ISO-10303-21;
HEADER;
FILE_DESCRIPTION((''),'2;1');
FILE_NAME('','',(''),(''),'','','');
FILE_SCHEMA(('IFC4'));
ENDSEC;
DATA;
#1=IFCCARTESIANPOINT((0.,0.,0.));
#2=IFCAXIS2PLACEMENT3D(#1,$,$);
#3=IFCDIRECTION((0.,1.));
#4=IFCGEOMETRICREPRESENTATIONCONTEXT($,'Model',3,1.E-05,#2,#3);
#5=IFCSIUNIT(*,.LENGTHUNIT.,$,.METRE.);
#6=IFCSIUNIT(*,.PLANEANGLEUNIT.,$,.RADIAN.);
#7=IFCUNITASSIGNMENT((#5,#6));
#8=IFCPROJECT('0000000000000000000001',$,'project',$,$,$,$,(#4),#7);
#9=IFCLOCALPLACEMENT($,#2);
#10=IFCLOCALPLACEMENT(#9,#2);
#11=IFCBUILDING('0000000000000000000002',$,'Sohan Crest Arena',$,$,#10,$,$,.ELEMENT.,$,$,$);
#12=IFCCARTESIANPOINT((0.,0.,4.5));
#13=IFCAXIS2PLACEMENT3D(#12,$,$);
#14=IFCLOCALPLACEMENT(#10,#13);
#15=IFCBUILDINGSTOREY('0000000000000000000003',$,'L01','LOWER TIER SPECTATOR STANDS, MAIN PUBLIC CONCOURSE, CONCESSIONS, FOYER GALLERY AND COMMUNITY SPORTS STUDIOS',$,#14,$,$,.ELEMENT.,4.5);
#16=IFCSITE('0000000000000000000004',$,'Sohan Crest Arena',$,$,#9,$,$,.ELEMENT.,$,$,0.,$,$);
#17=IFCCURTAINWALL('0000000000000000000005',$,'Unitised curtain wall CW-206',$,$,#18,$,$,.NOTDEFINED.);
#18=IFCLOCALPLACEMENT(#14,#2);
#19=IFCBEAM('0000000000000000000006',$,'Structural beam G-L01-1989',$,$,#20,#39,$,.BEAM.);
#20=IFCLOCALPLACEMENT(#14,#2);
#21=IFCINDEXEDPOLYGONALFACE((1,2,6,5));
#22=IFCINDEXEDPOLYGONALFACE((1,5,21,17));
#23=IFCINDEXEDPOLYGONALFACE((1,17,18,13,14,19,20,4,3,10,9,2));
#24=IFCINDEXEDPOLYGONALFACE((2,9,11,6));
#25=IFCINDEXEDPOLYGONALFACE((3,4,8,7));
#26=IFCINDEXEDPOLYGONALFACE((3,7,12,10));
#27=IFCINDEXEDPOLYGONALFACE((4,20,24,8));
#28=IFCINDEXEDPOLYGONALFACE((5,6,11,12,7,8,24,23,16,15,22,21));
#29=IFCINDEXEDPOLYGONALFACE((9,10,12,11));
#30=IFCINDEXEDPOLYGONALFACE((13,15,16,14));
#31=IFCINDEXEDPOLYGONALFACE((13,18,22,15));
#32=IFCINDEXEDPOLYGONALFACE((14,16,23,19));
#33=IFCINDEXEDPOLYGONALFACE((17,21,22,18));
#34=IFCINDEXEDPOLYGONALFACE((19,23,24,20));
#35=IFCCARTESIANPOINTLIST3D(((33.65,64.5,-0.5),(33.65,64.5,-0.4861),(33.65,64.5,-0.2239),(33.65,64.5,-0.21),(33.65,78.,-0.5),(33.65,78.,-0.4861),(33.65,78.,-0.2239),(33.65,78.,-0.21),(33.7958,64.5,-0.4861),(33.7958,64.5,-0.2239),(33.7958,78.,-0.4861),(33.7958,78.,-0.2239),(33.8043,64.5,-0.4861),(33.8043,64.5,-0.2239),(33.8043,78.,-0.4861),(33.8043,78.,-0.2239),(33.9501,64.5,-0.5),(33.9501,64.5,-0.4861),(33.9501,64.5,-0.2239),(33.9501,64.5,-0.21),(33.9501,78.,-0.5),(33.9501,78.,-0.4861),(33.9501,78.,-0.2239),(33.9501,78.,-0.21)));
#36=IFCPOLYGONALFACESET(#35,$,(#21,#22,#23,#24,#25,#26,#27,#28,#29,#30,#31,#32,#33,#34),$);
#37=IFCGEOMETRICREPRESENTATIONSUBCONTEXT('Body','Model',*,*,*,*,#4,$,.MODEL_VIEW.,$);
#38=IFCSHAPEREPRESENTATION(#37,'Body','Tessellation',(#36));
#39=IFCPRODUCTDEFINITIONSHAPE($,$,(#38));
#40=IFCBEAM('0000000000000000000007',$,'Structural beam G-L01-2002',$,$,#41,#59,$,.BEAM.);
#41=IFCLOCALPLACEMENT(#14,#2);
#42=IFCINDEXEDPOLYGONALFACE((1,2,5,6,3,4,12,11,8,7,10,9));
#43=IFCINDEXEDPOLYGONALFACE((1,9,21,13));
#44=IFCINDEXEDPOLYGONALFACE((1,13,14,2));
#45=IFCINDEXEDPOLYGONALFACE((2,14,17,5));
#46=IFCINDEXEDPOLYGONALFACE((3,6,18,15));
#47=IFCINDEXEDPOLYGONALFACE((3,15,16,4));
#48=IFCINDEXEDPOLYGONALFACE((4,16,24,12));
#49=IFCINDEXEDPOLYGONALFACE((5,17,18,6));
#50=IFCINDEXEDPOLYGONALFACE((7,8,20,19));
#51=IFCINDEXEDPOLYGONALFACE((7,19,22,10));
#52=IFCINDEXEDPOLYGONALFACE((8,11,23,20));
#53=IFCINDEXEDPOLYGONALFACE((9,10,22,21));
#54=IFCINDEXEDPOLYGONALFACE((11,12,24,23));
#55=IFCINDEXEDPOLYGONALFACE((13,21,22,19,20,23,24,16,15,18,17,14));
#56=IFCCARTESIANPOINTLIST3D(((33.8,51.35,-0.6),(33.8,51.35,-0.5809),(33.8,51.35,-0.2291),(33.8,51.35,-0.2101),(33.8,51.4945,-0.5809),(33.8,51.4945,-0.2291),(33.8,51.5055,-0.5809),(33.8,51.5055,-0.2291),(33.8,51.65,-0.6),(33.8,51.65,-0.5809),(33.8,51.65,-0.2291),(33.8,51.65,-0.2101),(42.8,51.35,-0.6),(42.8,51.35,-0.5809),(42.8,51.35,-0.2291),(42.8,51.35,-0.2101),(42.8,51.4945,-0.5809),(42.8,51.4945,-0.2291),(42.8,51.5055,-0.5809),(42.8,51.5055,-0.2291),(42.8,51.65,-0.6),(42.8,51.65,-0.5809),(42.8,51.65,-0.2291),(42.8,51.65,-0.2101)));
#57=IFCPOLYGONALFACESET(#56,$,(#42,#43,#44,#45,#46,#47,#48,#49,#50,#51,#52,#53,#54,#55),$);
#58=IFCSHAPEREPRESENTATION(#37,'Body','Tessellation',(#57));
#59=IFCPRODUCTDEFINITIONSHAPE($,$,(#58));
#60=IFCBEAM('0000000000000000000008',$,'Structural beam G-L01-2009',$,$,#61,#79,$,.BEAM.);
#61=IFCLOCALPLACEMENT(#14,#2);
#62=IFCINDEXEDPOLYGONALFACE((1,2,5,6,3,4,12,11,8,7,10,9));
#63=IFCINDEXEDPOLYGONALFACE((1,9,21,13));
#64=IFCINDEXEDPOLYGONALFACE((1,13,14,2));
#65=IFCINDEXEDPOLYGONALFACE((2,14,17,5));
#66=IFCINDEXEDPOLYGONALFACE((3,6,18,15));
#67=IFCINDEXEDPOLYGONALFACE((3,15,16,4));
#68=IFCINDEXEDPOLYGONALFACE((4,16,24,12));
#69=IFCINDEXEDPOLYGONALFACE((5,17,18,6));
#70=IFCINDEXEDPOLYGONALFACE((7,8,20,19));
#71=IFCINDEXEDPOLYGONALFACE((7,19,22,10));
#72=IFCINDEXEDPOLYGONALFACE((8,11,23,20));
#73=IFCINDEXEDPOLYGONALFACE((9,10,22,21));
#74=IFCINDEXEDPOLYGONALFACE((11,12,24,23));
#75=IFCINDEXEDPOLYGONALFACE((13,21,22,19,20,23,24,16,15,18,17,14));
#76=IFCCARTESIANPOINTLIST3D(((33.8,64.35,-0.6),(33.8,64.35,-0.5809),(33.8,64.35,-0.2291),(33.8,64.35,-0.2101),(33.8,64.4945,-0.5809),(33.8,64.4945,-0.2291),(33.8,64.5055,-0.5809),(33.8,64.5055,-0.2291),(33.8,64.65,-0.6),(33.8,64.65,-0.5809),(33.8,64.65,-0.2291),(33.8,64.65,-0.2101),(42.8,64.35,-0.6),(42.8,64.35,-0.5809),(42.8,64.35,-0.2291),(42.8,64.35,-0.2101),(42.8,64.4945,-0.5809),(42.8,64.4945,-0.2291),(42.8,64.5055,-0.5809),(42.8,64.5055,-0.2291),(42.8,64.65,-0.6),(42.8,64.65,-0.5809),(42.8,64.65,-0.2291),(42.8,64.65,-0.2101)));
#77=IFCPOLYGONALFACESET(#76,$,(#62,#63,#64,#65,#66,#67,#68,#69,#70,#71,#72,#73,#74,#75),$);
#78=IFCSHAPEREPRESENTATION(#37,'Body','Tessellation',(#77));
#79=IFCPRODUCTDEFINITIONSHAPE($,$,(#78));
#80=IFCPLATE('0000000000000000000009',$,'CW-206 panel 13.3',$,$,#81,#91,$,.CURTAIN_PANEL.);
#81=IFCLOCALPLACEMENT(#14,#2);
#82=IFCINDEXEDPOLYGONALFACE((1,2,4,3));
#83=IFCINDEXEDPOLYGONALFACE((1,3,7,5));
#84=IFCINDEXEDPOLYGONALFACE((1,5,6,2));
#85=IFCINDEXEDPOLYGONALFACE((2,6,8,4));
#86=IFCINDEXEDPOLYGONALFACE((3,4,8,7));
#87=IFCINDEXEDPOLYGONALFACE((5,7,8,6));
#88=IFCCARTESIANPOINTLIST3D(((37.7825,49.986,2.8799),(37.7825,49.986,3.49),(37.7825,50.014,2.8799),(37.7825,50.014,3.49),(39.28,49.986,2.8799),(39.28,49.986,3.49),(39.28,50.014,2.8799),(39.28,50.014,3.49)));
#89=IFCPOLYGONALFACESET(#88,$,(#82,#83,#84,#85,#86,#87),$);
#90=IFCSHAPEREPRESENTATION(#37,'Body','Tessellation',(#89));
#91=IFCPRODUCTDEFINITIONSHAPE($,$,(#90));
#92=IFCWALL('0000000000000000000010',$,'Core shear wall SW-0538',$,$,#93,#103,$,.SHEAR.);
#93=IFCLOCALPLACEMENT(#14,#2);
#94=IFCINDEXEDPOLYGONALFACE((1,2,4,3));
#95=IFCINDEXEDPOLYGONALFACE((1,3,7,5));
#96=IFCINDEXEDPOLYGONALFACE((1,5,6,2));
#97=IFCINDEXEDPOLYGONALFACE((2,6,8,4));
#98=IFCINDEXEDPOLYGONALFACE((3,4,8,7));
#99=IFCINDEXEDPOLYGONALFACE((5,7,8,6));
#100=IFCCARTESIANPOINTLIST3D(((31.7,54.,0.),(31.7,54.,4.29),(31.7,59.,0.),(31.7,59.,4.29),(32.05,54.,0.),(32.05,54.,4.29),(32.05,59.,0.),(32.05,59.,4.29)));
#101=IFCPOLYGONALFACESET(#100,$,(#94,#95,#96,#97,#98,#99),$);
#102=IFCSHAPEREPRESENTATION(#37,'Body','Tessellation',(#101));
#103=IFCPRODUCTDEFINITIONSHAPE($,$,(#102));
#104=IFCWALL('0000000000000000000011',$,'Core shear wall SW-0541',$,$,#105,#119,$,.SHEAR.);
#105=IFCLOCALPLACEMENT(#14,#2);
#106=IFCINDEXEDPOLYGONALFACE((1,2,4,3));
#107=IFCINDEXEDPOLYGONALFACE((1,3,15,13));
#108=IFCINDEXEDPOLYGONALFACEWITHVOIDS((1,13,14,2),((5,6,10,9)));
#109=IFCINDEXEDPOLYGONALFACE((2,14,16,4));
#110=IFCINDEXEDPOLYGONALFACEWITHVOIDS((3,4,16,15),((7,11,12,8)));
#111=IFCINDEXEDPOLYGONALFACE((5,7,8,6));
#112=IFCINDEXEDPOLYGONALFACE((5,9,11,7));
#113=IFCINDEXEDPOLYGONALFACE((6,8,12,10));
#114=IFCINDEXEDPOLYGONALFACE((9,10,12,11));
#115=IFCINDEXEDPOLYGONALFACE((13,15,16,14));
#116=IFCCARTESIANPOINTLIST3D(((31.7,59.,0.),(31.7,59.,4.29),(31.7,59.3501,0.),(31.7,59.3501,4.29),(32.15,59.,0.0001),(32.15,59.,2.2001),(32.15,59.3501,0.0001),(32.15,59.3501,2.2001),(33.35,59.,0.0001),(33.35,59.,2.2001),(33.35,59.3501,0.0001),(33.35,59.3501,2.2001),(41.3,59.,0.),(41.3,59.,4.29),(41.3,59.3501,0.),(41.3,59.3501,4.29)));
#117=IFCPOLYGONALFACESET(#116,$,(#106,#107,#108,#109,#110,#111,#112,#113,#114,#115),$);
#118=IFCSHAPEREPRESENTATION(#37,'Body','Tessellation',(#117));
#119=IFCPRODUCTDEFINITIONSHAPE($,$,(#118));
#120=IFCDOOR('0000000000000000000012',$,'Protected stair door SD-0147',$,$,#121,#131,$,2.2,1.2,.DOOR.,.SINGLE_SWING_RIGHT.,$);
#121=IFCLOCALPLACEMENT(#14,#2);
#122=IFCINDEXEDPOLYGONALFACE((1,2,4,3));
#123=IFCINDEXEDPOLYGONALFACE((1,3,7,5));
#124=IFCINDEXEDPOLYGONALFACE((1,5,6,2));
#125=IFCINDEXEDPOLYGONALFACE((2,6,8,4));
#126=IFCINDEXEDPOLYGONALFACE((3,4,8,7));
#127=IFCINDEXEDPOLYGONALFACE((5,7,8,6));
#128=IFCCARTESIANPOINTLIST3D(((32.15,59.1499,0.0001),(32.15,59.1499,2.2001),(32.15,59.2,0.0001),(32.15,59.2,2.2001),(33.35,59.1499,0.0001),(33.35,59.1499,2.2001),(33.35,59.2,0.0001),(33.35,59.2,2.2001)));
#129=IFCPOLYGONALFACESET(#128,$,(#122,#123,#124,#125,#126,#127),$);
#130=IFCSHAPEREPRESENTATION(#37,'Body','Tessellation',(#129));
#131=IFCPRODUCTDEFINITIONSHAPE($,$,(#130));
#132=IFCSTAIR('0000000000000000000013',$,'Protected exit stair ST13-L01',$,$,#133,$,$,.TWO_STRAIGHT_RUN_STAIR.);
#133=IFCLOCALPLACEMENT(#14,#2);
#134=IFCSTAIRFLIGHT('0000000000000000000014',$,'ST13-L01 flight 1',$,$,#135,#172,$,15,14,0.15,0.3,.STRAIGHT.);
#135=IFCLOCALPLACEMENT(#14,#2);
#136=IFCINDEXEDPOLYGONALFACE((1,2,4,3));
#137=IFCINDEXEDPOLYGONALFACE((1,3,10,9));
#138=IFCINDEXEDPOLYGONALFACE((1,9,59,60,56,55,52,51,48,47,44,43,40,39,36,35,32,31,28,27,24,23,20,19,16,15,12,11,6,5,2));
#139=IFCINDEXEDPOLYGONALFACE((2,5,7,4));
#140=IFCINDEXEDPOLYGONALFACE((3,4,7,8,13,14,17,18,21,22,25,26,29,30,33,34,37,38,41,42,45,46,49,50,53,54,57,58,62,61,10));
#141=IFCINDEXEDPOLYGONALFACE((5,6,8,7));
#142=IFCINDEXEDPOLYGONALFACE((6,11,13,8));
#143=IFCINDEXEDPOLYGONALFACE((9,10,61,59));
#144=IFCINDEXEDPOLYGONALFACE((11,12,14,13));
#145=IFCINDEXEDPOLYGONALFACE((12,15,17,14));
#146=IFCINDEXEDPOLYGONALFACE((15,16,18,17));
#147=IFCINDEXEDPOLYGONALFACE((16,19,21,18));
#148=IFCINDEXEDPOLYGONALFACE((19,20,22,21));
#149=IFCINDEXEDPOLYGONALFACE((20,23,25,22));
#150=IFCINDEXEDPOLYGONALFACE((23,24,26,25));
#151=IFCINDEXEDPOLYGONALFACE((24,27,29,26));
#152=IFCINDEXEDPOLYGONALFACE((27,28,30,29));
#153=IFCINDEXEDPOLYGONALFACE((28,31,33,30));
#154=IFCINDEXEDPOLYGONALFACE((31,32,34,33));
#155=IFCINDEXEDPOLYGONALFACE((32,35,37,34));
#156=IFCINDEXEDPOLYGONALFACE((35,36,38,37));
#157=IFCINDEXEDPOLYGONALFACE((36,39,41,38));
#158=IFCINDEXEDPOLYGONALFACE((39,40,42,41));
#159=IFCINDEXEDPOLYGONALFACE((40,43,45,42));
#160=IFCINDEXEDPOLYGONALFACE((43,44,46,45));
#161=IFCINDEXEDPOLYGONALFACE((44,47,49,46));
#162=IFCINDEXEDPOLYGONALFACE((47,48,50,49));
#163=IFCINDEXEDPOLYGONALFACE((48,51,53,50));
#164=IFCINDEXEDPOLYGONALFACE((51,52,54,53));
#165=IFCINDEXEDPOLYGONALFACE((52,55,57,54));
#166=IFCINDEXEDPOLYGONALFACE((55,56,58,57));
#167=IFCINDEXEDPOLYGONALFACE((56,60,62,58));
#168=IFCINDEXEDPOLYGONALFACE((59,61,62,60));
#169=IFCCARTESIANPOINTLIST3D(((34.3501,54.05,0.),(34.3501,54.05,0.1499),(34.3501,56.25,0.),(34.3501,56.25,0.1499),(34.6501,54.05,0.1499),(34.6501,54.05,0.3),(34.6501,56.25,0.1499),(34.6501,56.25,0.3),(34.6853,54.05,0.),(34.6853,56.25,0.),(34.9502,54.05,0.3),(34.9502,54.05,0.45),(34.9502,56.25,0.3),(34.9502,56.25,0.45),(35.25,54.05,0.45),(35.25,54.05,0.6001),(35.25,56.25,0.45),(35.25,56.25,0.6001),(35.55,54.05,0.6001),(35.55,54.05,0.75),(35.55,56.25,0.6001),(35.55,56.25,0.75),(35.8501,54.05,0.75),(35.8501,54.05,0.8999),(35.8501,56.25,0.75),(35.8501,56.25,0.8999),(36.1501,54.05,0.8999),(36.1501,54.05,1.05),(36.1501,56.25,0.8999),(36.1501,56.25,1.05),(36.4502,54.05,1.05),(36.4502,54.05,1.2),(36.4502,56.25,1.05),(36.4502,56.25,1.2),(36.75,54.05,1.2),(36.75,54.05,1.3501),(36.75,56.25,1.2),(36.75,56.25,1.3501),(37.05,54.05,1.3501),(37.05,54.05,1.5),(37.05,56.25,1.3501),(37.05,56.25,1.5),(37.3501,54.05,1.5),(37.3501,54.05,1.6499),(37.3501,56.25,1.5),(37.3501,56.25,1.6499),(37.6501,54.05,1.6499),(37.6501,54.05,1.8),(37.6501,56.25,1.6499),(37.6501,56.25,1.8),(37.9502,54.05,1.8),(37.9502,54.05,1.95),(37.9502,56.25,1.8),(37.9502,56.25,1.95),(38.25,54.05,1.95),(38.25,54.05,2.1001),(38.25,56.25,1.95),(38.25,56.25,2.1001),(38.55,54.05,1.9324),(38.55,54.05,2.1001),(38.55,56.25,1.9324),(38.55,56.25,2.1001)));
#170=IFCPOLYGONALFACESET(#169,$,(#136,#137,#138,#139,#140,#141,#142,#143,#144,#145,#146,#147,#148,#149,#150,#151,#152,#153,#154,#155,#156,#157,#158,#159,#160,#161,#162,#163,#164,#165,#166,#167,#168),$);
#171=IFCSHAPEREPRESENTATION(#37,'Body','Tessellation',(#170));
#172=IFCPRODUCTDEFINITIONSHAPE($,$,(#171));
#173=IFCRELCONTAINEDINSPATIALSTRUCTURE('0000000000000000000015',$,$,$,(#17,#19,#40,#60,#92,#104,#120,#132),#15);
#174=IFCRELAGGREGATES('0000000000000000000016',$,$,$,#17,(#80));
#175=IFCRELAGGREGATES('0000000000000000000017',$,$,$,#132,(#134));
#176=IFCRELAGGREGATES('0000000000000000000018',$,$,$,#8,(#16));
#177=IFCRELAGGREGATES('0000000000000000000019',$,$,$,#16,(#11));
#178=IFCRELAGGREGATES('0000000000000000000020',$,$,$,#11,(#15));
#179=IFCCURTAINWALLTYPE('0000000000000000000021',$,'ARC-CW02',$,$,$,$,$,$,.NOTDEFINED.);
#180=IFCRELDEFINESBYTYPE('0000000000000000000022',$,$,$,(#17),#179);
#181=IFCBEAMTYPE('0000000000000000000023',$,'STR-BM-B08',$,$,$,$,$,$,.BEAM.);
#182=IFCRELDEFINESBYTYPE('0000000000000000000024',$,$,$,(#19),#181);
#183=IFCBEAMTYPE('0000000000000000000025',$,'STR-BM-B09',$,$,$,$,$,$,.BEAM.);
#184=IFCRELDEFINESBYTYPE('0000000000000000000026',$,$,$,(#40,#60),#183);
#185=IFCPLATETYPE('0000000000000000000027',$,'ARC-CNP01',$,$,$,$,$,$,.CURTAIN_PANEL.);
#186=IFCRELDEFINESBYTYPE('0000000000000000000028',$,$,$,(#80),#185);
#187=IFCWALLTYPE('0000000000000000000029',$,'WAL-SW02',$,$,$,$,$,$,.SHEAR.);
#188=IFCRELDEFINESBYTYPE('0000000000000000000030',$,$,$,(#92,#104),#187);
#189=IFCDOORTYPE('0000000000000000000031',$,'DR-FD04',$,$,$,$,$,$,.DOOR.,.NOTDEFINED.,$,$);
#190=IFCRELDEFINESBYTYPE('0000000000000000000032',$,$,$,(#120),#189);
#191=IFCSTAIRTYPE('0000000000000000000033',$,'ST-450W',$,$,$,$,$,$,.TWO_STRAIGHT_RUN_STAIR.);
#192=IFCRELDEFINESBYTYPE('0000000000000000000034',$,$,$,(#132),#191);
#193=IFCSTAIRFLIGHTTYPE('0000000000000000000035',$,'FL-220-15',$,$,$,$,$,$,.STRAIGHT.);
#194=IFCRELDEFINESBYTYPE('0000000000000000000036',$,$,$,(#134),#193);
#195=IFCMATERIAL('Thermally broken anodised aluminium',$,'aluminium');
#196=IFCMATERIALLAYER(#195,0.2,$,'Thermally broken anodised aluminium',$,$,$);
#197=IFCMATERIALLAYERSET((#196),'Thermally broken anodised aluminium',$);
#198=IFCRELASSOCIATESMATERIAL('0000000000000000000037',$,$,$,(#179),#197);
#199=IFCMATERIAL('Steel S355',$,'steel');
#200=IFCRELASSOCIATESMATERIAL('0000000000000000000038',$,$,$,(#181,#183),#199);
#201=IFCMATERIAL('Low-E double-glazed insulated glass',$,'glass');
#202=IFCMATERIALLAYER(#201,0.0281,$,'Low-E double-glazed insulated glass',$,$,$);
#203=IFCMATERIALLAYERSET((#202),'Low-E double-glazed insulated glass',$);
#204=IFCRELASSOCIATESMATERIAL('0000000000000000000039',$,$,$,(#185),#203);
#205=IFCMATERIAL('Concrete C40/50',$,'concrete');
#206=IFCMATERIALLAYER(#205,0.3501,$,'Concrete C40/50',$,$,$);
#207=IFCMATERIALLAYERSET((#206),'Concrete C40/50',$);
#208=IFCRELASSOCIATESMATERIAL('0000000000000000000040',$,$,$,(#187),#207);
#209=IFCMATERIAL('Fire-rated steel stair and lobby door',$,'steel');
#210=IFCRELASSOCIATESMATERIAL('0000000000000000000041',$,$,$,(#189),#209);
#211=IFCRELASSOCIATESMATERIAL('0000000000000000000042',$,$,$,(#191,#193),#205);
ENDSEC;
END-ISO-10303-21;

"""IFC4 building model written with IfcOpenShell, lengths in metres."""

from ifc_helpers import new_model, si_unit, direction, frame, frame_2d, origin, origin_2d, place, context, subcontext, project, spatial, polyline, rectangle, i_section, outline, extrude, material, layer, layer_set, material_profile, profile_set, type_object, element, fill, aggregate, save


model = new_model("IFC4")

# Units and contexts
model_context = context("Model", 3, precision=1e-05, world=origin(), true_north=direction((0.0, 1.0)))
body_context = subcontext(model_context, "Body", "Model", "MODEL_VIEW")
ifc_project = project(units=[si_unit("LENGTHUNIT", "METRE"), si_unit("PLANEANGLEUNIT", "RADIAN")], contexts=[model_context])

# Site, building, storey
site_placement = place(None, origin())
site = spatial("IfcSite", under=ifc_project, at=site_placement, Name="Sohan Crest Arena", CompositionType="ELEMENT", RefElevation=0.0)
building_placement = place(site_placement, origin())
building = spatial("IfcBuilding", under=site, at=building_placement, Name="Sohan Crest Arena", CompositionType="ELEMENT")
storey_placement = place(building_placement, frame((0.0, 0.0, 4.5)))
storey = spatial("IfcBuildingStorey", under=building, at=storey_placement, Name="L01", Description="LOWER TIER SPECTATOR STANDS, MAIN PUBLIC CONCOURSE, CONCESSIONS, FOYER GALLERY AND COMMUNITY SPORTS STUDIOS", CompositionType="ELEMENT", Elevation=4.5)

# Shared definitions
ifc_material_1 = material(Name="Concrete C40/50", Category="concrete")

# Curtain wall
ifc_material_2 = material(Name="Thermally broken anodised aluminium", Category="aluminium")
ifc_layer_1 = layer(ifc_material_2, 0.2, Name="Thermally broken anodised aluminium")
ifc_layer_set_1 = layer_set([ifc_layer_1], Name="Thermally broken anodised aluminium")
curtain_wall_type = type_object("IfcCurtainWallType", Name="ARC-CW02", PredefinedType="NOTDEFINED", material=ifc_layer_set_1)
curtain_wall_placement = place(storey_placement, origin())
curtain_wall = element("IfcCurtainWall", 1, at=curtain_wall_placement, inside=storey, type_object=curtain_wall_type, Name="Unitised curtain wall CW-206", PredefinedType="NOTDEFINED")

# Beams
ifc_material_3 = material(Name="Steel S355", Category="steel")
ifc_material_profile_1 = material_profile(ifc_material_3, i_section(OverallWidth=0.3, OverallDepth=0.29, WebThickness=0.0085, FlangeThickness=0.0139, at=origin_2d()), Name="HEA 300")
ifc_profile_set_1 = profile_set([ifc_material_profile_1], Name="Steel S355")
beam_type_1 = type_object("IfcBeamType", Name="STR-BM-B08", PredefinedType="BEAM", material=ifc_profile_set_1)
beam_1_placement = place(storey_placement, frame((33.8, 64.5, -0.355), z_axis=(0.0, 1.0, 0.0), x_axis=(-1.0, 0.0, 0.0)))
element("IfcBeam", 2, at=beam_1_placement, inside=storey, type_object=beam_type_1, Name="Structural beam G-L01-1989", PredefinedType="BEAM", context=body_context, shape_type="SweptSolid", body=[
    extrude(i_section(OverallWidth=0.3, OverallDepth=0.29, WebThickness=0.0085, FlangeThickness=0.0139, at=origin_2d()), origin(), (0.0, 0.0, 1.0), 13.5),
])
ifc_material_profile_2 = material_profile(ifc_material_3, i_section(OverallWidth=0.3, OverallDepth=0.3899, WebThickness=0.011, FlangeThickness=0.019, at=origin_2d()), Name="HEA 400")
ifc_profile_set_2 = profile_set([ifc_material_profile_2], Name="Steel S355")
beam_type_2 = type_object("IfcBeamType", Name="STR-BM-B09", PredefinedType="BEAM", material=ifc_profile_set_2)
for number, where, z_axis, x_axis, name in (
    (3, (33.8, 51.5, -0.405), (1.0, 0.0, 0.0), (0.0, 1.0, 0.0), "Structural beam G-L01-2002"),
    (4, (33.8, 64.5, -0.405), (1.0, 0.0, 0.0), (0.0, 1.0, 0.0), "Structural beam G-L01-2009"),
):
    element("IfcBeam", number, at=place(storey_placement, frame(where, z_axis=z_axis, x_axis=x_axis)), inside=storey, type_object=beam_type_2, Name=name, PredefinedType="BEAM", context=body_context, shape_type="SweptSolid", body=[
        extrude(i_section(OverallWidth=0.3, OverallDepth=0.3899, WebThickness=0.011, FlangeThickness=0.019, at=origin_2d()), origin(), (0.0, 0.0, 1.0), 9.0),
    ])

# Plate
ifc_material_4 = material(Name="Low-E double-glazed insulated glass", Category="glass")
ifc_layer_2 = layer(ifc_material_4, 0.0281, Name="Low-E double-glazed insulated glass")
ifc_layer_set_2 = layer_set([ifc_layer_2], Name="Low-E double-glazed insulated glass")
plate_type = type_object("IfcPlateType", Name="ARC-CNP01", PredefinedType="CURTAIN_PANEL", material=ifc_layer_set_2)
plate_placement = place(storey_placement, frame((38.5312, 50.0, 2.8799), z_axis=(0.0, 0.0, 1.0), x_axis=(1.0, 0.0, 0.0)))
plate = element("IfcPlate", 5, at=plate_placement, type_object=plate_type, Name="CW-206 panel 13.3", PredefinedType="CURTAIN_PANEL", context=body_context, shape_type="SweptSolid", body=[
    extrude(rectangle(XDim=1.4976, YDim=0.0281, at=origin_2d()), origin(), (0.0, 0.0, 1.0), 0.6101),
])
aggregate(curtain_wall, [plate])

# Wall
ifc_layer_3 = layer(ifc_material_1, 0.3501, Name="Concrete C40/50")
ifc_layer_set_3 = layer_set([ifc_layer_3], Name="Concrete C40/50")
wall_type = type_object("IfcWallType", Name="WAL-SW02", PredefinedType="SHEAR", material=ifc_layer_set_3)
wall_1_placement = place(storey_placement, frame((31.875, 54.0, 0.0), z_axis=(0.0, 0.0, 1.0), x_axis=(0.0, 1.0, 0.0)))
element("IfcWall", 6, at=wall_1_placement, inside=storey, type_object=wall_type, Name="Core shear wall SW-0538", PredefinedType="SHEAR", context=body_context, shape_type="SweptSolid", body=[
    extrude(rectangle(XDim=5.0, YDim=0.3501, at=frame_2d((2.5, 0.0))), origin(), (0.0, 0.0, 1.0), 4.29),
])

# Wall, opening, door
wall_2_placement = place(storey_placement, frame((31.7, 59.175, 0.0), z_axis=(0.0, 0.0, 1.0), x_axis=(1.0, 0.0, 0.0)))
wall_2 = element("IfcWall", 7, at=wall_2_placement, inside=storey, type_object=wall_type, Name="Core shear wall SW-0541", PredefinedType="SHEAR", context=body_context, shape_type="SweptSolid", body=[
    extrude(rectangle(XDim=9.6001, YDim=0.3501, at=frame_2d((4.8, 0.0))), origin(), (0.0, 0.0, 1.0), 4.29),
])
opening_placement = place(wall_2_placement, frame((0.45, 0.0, 0.0)))
opening = element("IfcOpeningElement", 8, at=opening_placement, cuts=wall_2, PredefinedType="OPENING", context=body_context, shape_type="SweptSolid", body=[
    extrude(rectangle(XDim=1.2, YDim=2.2, at=frame_2d((0.6001, 1.1001))), frame((0.0, 0.1851, 0.0), z_axis=(0.0, -1.0, 0.0), x_axis=(1.0, 0.0, 0.0)), (0.0, 0.0, 1.0), 0.3701),
])
ifc_material_5 = material(Name="Fire-rated steel stair and lobby door", Category="steel")
door_type = type_object("IfcDoorType", Name="DR-FD04", OperationType="NOTDEFINED", PredefinedType="DOOR", material=ifc_material_5)
door_placement = place(opening_placement, origin())
door = element("IfcDoor", 9, at=door_placement, inside=storey, type_object=door_type, Name="Protected stair door SD-0147", OperationType="SINGLE_SWING_RIGHT", OverallHeight=2.2, OverallWidth=1.2, PredefinedType="DOOR", context=body_context, shape_type="SweptSolid", body=[
    extrude(rectangle(XDim=1.2, YDim=2.2, at=frame_2d((0.6001, 1.1001))), frame((0.0, 0.0249, 0.0), z_axis=(0.0, -1.0, 0.0), x_axis=(1.0, 0.0, 0.0)), (0.0, 0.0, 1.0), 0.05),
])
fill(opening, door)

# Stair, stair flight
stair_type = type_object("IfcStairType", Name="ST-450W", PredefinedType="TWO_STRAIGHT_RUN_STAIR", material=ifc_material_1)
stair_placement = place(storey_placement, origin())
stair = element("IfcStair", 10, at=stair_placement, inside=storey, type_object=stair_type, Name="Protected exit stair ST13-L01", PredefinedType="TWO_STRAIGHT_RUN_STAIR")
stair_flight_type = type_object("IfcStairFlightType", Name="FL-220-15", PredefinedType="STRAIGHT", material=ifc_material_1)
stair_flight_1_placement = place(storey_placement, frame((34.3501, 55.1499, 0.0), z_axis=(0.0, 0.0, 1.0), x_axis=(1.0, 0.0, 0.0)))
stair_flight_1 = element("IfcStairFlight", 11, at=stair_flight_1_placement, type_object=stair_flight_type, Name="ST13-L01 flight 1", NumberOfRisers=15, NumberOfTreads=14, PredefinedType="STRAIGHT", RiserHeight=0.15, TreadLength=0.3, context=body_context, shape_type="SweptSolid", body=[
    extrude(outline(polyline([(0.0, 0.0), (0.0, 0.1499), (0.3, 0.1499), (0.3, 0.3), (0.6001, 0.3), (0.6001, 0.45), (0.8999, 0.45), (0.8999, 0.6001), (1.2, 0.6001), (1.2, 0.75), (1.5, 0.75), (1.5, 0.8999), (1.8, 0.8999), (1.8, 1.05), (2.1001, 1.05), (2.1001, 1.2), (2.3999, 1.2), (2.3999, 1.3501), (2.7, 1.3501), (2.7, 1.5), (3.0, 1.5), (3.0, 1.6499), (3.3, 1.6499), (3.3, 1.8), (3.6001, 1.8), (3.6001, 1.95), (3.8999, 1.95), (3.8999, 2.1001), (4.2, 2.1001), (4.2, 2.25), (4.2, 1.9324), (0.3352, 0.0), (0.0, 0.0)])), frame((0.0, 1.1001, 0.0), z_axis=(0.0, -1.0, 0.0), x_axis=(1.0, 0.0, 0.0)), (0.0, 0.0, 1.0), 2.2),
])
aggregate(stair, [stair_flight_1])

save(model, "model.ifc")
